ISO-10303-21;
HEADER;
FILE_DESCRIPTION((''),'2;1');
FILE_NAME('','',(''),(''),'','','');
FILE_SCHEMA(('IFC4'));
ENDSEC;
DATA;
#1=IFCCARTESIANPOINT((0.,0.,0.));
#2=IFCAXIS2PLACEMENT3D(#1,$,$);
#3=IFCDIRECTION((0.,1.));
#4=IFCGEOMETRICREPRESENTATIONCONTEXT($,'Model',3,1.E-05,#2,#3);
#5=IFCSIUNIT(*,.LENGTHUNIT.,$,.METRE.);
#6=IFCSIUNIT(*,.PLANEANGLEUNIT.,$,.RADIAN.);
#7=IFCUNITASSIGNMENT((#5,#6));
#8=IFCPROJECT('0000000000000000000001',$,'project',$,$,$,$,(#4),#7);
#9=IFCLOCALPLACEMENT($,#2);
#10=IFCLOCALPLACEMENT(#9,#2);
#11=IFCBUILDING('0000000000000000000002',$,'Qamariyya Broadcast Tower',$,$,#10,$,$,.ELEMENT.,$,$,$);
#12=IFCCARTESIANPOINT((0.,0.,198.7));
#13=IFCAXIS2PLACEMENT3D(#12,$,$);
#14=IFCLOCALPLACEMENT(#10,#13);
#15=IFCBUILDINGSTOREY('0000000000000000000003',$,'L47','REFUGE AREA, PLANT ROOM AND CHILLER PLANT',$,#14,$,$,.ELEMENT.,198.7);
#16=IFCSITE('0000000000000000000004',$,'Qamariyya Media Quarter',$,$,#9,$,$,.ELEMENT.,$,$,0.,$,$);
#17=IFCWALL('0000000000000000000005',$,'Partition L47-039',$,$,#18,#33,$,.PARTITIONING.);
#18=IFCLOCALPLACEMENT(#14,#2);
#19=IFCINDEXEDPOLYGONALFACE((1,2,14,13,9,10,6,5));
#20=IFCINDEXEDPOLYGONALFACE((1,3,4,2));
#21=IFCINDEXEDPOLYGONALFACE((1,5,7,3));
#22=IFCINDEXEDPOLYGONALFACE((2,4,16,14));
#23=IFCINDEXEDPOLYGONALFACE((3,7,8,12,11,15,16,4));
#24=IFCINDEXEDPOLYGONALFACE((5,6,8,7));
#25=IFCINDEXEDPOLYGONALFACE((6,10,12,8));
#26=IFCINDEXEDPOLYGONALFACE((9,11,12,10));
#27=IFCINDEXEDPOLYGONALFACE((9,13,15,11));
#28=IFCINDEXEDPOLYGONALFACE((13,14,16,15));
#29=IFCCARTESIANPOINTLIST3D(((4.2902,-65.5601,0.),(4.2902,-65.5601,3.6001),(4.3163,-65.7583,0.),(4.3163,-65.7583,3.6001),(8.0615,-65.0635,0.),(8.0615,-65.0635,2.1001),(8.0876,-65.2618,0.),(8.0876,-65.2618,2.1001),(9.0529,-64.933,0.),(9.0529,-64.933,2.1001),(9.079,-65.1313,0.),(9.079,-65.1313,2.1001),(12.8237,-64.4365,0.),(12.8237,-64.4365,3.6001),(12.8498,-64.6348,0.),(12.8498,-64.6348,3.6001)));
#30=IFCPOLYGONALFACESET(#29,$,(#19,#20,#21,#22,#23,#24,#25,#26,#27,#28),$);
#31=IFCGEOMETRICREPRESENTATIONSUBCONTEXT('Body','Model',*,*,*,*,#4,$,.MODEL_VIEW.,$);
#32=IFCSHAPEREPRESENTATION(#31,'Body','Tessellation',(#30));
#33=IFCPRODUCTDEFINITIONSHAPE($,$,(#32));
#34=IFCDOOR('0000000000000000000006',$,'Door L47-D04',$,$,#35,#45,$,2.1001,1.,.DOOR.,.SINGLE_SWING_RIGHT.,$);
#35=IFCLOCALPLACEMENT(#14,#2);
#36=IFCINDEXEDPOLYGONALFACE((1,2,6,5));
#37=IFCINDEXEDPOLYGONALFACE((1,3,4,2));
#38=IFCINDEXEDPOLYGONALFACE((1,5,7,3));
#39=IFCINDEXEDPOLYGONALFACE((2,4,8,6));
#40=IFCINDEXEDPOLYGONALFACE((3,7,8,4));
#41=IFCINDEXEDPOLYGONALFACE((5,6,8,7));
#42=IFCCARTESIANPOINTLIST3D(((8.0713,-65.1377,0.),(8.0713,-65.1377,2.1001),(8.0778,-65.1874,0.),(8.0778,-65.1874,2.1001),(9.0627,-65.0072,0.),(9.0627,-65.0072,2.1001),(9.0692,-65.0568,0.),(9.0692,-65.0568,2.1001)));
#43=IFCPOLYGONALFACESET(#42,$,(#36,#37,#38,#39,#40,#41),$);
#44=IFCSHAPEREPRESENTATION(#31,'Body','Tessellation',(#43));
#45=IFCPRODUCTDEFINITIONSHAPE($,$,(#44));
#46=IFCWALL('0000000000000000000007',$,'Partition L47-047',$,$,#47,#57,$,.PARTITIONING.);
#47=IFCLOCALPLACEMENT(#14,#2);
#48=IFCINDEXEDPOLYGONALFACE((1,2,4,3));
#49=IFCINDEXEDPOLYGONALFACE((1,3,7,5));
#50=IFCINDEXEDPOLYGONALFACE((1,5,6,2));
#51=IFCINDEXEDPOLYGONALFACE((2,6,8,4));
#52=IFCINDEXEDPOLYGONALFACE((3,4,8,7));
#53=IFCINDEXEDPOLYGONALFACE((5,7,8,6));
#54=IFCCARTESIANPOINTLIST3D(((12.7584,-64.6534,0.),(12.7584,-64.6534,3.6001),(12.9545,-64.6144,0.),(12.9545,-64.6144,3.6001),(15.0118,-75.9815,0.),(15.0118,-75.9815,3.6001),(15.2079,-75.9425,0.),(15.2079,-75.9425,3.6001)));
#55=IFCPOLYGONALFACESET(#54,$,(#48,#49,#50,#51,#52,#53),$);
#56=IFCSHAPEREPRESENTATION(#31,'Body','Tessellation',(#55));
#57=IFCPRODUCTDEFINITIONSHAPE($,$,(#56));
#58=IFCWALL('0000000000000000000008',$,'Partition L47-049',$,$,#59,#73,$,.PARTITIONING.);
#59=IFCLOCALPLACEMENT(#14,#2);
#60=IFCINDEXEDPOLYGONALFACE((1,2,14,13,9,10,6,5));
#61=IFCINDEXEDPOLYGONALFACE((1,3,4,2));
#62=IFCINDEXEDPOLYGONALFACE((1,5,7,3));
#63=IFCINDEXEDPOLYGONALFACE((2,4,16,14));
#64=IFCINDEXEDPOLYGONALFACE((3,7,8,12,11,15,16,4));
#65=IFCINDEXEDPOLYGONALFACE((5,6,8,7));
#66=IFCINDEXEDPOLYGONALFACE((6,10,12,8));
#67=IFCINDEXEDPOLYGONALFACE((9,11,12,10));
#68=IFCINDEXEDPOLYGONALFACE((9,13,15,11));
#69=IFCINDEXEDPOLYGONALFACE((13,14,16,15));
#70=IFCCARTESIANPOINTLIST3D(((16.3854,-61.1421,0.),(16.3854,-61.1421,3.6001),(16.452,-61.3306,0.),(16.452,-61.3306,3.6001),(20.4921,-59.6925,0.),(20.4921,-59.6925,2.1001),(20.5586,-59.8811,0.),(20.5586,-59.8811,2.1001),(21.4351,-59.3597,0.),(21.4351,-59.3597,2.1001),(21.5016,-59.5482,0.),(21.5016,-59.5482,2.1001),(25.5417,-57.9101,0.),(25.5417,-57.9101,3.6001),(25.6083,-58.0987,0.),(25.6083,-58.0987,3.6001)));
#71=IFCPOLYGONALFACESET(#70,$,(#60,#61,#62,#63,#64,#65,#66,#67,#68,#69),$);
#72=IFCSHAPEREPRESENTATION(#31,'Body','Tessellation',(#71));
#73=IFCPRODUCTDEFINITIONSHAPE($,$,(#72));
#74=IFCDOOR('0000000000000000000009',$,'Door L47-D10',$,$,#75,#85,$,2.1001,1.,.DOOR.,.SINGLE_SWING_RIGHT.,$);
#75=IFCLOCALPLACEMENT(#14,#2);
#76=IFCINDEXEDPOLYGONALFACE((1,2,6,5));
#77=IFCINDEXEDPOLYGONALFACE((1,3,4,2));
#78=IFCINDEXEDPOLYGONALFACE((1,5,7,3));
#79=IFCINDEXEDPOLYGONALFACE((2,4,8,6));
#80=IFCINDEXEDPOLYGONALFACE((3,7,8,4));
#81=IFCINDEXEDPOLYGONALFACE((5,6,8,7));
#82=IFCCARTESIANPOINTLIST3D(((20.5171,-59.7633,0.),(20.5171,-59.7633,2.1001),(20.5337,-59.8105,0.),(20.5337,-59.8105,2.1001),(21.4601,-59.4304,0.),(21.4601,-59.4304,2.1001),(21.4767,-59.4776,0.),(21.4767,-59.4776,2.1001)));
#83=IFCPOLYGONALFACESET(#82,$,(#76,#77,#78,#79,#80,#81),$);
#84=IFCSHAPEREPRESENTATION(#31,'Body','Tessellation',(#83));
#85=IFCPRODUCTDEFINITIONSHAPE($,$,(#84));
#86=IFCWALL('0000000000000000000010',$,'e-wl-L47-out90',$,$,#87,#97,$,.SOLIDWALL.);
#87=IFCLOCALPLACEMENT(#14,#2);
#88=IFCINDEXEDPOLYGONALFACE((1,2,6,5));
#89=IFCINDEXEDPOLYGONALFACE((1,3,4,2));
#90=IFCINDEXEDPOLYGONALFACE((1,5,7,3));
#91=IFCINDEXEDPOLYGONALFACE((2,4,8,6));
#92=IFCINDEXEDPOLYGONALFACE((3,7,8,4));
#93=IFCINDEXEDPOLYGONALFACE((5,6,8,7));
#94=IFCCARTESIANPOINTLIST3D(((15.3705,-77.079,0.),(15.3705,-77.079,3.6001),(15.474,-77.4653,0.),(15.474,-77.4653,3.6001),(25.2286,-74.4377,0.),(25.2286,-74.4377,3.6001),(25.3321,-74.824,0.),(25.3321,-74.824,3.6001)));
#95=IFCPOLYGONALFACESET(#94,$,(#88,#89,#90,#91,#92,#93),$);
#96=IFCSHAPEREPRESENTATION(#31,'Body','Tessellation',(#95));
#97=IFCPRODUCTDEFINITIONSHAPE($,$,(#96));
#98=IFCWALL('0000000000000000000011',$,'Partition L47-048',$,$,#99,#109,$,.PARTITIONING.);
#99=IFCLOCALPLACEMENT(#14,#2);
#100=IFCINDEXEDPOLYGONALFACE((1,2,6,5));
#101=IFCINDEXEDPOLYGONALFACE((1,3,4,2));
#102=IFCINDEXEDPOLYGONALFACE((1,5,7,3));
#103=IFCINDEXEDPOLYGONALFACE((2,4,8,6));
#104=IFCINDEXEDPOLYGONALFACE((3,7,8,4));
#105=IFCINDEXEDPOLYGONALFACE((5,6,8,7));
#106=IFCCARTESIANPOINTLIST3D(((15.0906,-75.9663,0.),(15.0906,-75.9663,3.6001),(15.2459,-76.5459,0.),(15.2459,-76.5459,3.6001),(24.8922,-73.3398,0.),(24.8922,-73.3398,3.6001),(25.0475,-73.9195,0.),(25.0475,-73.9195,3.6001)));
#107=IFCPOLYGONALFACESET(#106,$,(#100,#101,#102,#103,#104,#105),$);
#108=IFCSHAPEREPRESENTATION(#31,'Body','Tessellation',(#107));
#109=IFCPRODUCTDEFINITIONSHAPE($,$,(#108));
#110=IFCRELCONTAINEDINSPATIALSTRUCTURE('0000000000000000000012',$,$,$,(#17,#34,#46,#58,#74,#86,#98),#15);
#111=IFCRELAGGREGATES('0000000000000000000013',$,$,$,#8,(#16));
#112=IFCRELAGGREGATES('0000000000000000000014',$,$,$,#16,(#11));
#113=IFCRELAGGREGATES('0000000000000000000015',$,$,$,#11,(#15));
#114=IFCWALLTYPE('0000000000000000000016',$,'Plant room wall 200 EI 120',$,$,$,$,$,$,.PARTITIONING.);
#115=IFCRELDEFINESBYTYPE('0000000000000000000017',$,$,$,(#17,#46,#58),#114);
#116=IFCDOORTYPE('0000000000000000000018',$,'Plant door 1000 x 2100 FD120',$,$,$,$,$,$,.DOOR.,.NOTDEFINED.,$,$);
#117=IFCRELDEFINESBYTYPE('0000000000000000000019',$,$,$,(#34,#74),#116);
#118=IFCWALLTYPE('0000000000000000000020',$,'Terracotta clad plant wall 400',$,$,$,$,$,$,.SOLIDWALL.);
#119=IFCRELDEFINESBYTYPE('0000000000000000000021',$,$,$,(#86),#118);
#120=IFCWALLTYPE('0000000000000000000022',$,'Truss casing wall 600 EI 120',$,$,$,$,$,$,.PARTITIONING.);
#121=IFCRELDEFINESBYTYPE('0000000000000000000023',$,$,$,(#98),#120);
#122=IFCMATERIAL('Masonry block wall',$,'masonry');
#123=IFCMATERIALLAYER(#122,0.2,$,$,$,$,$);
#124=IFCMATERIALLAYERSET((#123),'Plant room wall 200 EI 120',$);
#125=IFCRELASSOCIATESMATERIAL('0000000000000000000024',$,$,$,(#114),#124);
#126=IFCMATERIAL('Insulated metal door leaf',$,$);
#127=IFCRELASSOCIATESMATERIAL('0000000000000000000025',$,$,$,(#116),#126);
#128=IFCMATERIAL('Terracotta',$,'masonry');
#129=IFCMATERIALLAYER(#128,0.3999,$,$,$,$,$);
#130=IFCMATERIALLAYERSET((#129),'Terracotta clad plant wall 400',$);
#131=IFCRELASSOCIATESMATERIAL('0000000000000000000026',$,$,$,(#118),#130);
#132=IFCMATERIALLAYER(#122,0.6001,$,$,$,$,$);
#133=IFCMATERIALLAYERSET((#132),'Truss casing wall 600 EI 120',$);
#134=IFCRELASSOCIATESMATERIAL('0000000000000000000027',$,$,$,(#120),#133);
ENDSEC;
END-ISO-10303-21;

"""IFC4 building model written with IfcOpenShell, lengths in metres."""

from ifc_helpers import new_model, si_unit, direction, frame, frame_2d, origin, place, context, subcontext, project, spatial, rectangle, extrude, material, layer, layer_set, type_object, element, fill, save


model = new_model("IFC4")

# Units and contexts
model_context = context("Model", 3, precision=1e-05, world=origin(), true_north=direction((0.0, 1.0)))
body_context = subcontext(model_context, "Body", "Model", "MODEL_VIEW")
ifc_project = project(units=[si_unit("LENGTHUNIT", "METRE"), si_unit("PLANEANGLEUNIT", "RADIAN")], contexts=[model_context])

# Site, building, storey
site_placement = place(None, origin())
site = spatial("IfcSite", under=ifc_project, at=site_placement, Name="Qamariyya Media Quarter", CompositionType="ELEMENT", RefElevation=0.0)
building_placement = place(site_placement, origin())
building = spatial("IfcBuilding", under=site, at=building_placement, Name="Qamariyya Broadcast Tower", CompositionType="ELEMENT")
storey_placement = place(building_placement, frame((0.0, 0.0, 198.7)))
storey = spatial("IfcBuildingStorey", under=building, at=storey_placement, Name="L47", Description="REFUGE AREA, PLANT ROOM AND CHILLER PLANT", CompositionType="ELEMENT", Elevation=198.7)

# Wall, opening, door
ifc_material_1 = material(Name="Masonry block wall", Category="masonry")
ifc_layer_1 = layer(ifc_material_1, 0.2)
ifc_layer_set_1 = layer_set([ifc_layer_1], Name="Plant room wall 200 EI 120")
wall_type_1 = type_object("IfcWallType", Name="Plant room wall 200 EI 120", PredefinedType="PARTITIONING", material=ifc_layer_set_1)
wall_1_placement = place(storey_placement, frame((12.8369, -64.5356, 0.0), z_axis=(0.0, 0.0, 1.0), x_axis=(-0.991444, -0.130536, 0.0)))
wall_1 = element("IfcWall", 1, at=wall_1_placement, inside=storey, type_object=wall_type_1, Name="Partition L47-039", PredefinedType="PARTITIONING", context=body_context, shape_type="SweptSolid", body=[
    extrude(rectangle(XDim=8.6072, YDim=0.2, at=frame_2d((4.3037, 0.0))), origin(), (0.0, 0.0, 1.0), 3.6001),
])
opening_1_placement = place(wall_1_placement, frame((3.8035, 0.0, 0.0)))
opening_1 = element("IfcOpeningElement", 2, at=opening_1_placement, cuts=wall_1, PredefinedType="OPENING", context=body_context, shape_type="SweptSolid", body=[
    extrude(rectangle(XDim=1.0, YDim=2.1001, at=frame_2d((0.5, 1.05))), frame((0.0, 0.1099, 0.0), z_axis=(0.0, -1.0, 0.0), x_axis=(1.0, 0.0, 0.0)), (0.0, 0.0, 1.0), 0.22),
])
ifc_material_2 = material(Name="Insulated metal door leaf")
door_type = type_object("IfcDoorType", Name="Plant door 1000 x 2100 FD120", OperationType="NOTDEFINED", PredefinedType="DOOR", material=ifc_material_2)
door_1_placement = place(opening_1_placement, origin())
door_1 = element("IfcDoor", 3, at=door_1_placement, inside=storey, type_object=door_type, Name="Door L47-D04", OperationType="SINGLE_SWING_RIGHT", OverallHeight=2.1001, OverallWidth=1.0, PredefinedType="DOOR", context=body_context, shape_type="SweptSolid", body=[
    extrude(rectangle(XDim=1.0, YDim=2.1001, at=frame_2d((0.5, 1.05))), frame((0.0, 0.0249, 0.0), z_axis=(0.0, -1.0, 0.0), x_axis=(1.0, 0.0, 0.0)), (0.0, 0.0, 1.0), 0.05),
])
fill(opening_1, door_1)

# Wall
wall_2_placement = place(storey_placement, frame((15.1099, -75.9619, 0.0), z_axis=(0.0, 0.0, 1.0), x_axis=(-0.1951, 0.980783, 0.0)))
element("IfcWall", 4, at=wall_2_placement, inside=storey, type_object=wall_type_1, Name="Partition L47-047", PredefinedType="PARTITIONING", context=body_context, shape_type="SweptSolid", body=[
    extrude(rectangle(XDim=11.55, YDim=0.2, at=frame_2d((5.7749, 0.0))), origin(), (0.0, 0.0, 1.0), 3.6001),
])

# Wall, opening, door
wall_3_placement = place(storey_placement, frame((16.4187, -61.2363, 0.0), z_axis=(0.0, 0.0, 1.0), x_axis=(0.94298, 0.332849, 0.0)))
wall_3 = element("IfcWall", 5, at=wall_3_placement, inside=storey, type_object=wall_type_1, Name="Partition L47-049", PredefinedType="PARTITIONING", context=body_context, shape_type="SweptSolid", body=[
    extrude(rectangle(XDim=9.71, YDim=0.2, at=frame_2d((4.855, 0.0))), origin(), (0.0, 0.0, 1.0), 3.6001),
])
opening_2_placement = place(wall_3_placement, frame((4.355, 0.0, 0.0)))
opening_2 = element("IfcOpeningElement", 6, at=opening_2_placement, cuts=wall_3, PredefinedType="OPENING", context=body_context, shape_type="SweptSolid", body=[
    extrude(rectangle(XDim=1.0, YDim=2.1001, at=frame_2d((0.5, 1.05))), frame((0.0, 0.1099, 0.0), z_axis=(0.0, -1.0, 0.0), x_axis=(1.0, 0.0, 0.0)), (0.0, 0.0, 1.0), 0.22),
])
door_2_placement = place(opening_2_placement, origin())
door_2 = element("IfcDoor", 7, at=door_2_placement, inside=storey, type_object=door_type, Name="Door L47-D10", OperationType="SINGLE_SWING_RIGHT", OverallHeight=2.1001, OverallWidth=1.0, PredefinedType="DOOR", context=body_context, shape_type="SweptSolid", body=[
    extrude(rectangle(XDim=1.0, YDim=2.1001, at=frame_2d((0.5, 1.05))), frame((0.0, 0.0249, 0.0), z_axis=(0.0, -1.0, 0.0), x_axis=(1.0, 0.0, 0.0)), (0.0, 0.0, 1.0), 0.05),
])
fill(opening_2, door_2)

# Walls
ifc_material_3 = material(Name="Terracotta", Category="masonry")
ifc_layer_2 = layer(ifc_material_3, 0.3999)
ifc_layer_set_2 = layer_set([ifc_layer_2], Name="Terracotta clad plant wall 400")
wall_type_2 = type_object("IfcWallType", Name="Terracotta clad plant wall 400", PredefinedType="SOLIDWALL", material=ifc_layer_set_2)
wall_4_placement = place(storey_placement, frame((15.4221, -77.2722, 0.0), z_axis=(0.0, 0.0, 1.0), x_axis=(0.965929, 0.258807, 0.0)))
element("IfcWall", 8, at=wall_4_placement, inside=storey, type_object=wall_type_2, Name="e-wl-L47-out90", PredefinedType="SOLIDWALL", context=body_context, shape_type="SweptSolid", body=[
    extrude(rectangle(XDim=10.2058, YDim=0.3999, at=frame_2d((5.103, 0.0))), origin(), (0.0, 0.0, 1.0), 3.6001),
])
ifc_layer_3 = layer(ifc_material_1, 0.6001)
ifc_layer_set_3 = layer_set([ifc_layer_3], Name="Truss casing wall 600 EI 120")
wall_type_3 = type_object("IfcWallType", Name="Truss casing wall 600 EI 120", PredefinedType="PARTITIONING", material=ifc_layer_set_3)
wall_5_placement = place(storey_placement, frame((15.1682, -76.2561, 0.0), z_axis=(0.0, 0.0, 1.0), x_axis=(0.965924, 0.258827, 0.0)))
element("IfcWall", 9, at=wall_5_placement, inside=storey, type_object=wall_type_3, Name="Partition L47-048", PredefinedType="PARTITIONING", context=body_context, shape_type="SweptSolid", body=[
    extrude(rectangle(XDim=10.1475, YDim=0.6001, at=frame_2d((5.0737, 0.0))), origin(), (0.0, 0.0, 1.0), 3.6001),
])

save(model, "model.ifc")
